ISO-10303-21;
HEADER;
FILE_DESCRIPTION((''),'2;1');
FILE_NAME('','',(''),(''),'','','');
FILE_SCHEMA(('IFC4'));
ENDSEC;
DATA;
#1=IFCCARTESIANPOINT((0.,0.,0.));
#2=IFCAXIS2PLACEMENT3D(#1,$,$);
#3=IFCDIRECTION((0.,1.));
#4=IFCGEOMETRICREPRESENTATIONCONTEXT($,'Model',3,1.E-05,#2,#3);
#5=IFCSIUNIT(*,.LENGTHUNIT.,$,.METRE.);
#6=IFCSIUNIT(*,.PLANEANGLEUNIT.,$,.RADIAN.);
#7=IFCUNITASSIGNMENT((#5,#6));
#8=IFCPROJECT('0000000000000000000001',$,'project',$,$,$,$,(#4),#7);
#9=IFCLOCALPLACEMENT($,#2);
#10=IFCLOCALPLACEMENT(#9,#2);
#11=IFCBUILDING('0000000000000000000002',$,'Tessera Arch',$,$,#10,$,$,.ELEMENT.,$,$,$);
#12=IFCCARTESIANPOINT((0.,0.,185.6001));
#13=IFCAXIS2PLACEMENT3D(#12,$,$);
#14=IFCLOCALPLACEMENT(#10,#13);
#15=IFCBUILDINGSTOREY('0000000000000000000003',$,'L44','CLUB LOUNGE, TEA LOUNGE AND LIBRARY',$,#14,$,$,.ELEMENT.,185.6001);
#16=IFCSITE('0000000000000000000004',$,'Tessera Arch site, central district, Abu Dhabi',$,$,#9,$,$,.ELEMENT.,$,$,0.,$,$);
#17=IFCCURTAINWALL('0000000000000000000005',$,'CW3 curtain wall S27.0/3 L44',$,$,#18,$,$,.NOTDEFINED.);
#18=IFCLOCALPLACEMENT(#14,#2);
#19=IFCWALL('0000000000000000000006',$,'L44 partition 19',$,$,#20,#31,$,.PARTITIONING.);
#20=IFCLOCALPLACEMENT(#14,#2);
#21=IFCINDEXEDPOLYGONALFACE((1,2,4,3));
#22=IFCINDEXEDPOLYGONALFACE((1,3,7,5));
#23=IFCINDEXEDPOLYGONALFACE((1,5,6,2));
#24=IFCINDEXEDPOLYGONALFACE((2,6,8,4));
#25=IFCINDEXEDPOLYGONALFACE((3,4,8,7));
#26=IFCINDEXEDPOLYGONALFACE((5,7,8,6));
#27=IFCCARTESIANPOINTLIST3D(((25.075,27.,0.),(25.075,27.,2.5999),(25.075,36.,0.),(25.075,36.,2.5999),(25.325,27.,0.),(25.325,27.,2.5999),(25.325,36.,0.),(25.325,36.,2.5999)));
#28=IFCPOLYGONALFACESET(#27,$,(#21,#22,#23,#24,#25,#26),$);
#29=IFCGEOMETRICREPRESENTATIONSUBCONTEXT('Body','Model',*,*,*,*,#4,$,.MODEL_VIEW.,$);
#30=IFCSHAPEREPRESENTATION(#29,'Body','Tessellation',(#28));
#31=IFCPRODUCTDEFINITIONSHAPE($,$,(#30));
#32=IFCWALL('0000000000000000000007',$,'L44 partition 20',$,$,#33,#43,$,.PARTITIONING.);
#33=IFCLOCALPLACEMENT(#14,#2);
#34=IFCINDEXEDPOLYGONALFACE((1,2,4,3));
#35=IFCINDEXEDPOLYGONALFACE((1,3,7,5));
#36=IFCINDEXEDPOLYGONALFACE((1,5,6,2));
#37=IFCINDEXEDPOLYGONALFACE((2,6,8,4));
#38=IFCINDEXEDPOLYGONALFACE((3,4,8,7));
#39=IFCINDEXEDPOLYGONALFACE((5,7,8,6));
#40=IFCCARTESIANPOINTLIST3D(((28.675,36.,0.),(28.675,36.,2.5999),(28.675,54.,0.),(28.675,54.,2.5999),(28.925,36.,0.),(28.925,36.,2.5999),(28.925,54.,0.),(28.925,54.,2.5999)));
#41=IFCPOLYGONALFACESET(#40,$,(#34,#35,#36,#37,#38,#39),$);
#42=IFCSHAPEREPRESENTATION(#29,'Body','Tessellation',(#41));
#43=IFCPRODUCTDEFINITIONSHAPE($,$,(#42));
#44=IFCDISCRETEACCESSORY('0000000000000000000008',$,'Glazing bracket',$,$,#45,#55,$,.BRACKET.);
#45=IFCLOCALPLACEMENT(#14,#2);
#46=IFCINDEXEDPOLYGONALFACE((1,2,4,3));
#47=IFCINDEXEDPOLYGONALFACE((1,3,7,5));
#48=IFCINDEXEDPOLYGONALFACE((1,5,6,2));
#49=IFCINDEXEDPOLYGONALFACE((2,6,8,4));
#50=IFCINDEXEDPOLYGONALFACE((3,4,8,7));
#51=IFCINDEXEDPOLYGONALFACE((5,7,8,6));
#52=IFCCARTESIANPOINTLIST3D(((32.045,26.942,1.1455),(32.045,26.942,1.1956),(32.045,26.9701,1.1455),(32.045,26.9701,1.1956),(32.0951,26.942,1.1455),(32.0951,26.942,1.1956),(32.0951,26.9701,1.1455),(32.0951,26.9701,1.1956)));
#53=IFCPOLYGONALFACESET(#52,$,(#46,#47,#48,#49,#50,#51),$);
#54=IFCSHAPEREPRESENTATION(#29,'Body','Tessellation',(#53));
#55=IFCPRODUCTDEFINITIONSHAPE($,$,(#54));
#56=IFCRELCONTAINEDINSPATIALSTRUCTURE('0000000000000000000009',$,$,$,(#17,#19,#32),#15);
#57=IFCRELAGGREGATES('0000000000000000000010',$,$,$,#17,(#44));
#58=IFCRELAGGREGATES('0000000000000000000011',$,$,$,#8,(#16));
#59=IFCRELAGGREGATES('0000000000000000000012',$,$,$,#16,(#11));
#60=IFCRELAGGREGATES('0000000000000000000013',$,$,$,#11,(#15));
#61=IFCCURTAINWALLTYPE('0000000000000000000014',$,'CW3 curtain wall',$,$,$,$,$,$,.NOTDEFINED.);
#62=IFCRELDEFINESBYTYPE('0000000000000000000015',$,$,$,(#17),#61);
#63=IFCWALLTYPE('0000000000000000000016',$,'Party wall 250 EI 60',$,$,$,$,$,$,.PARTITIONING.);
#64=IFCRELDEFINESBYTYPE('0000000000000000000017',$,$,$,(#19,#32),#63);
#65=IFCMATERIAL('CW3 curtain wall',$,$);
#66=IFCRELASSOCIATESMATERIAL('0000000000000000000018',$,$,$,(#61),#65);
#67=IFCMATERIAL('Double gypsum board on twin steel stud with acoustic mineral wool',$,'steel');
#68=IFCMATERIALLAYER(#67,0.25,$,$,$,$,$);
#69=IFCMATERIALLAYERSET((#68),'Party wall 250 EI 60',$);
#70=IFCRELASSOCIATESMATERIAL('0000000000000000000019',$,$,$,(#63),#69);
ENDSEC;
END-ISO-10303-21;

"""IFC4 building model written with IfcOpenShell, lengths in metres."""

from ifc_helpers import new_model, si_unit, direction, frame, frame_2d, origin, origin_2d, place, context, subcontext, project, spatial, rectangle, extrude, material, layer, layer_set, type_object, element, aggregate, save


model = new_model("IFC4")

# Units and contexts
model_context = context("Model", 3, precision=1e-05, world=origin(), true_north=direction((0.0, 1.0)))
body_context = subcontext(model_context, "Body", "Model", "MODEL_VIEW")
ifc_project = project(units=[si_unit("LENGTHUNIT", "METRE"), si_unit("PLANEANGLEUNIT", "RADIAN")], contexts=[model_context])

# Site, building, storey
site_placement = place(None, origin())
site = spatial("IfcSite", under=ifc_project, at=site_placement, Name="Tessera Arch site, central district, Abu Dhabi", CompositionType="ELEMENT", RefElevation=0.0)
building_placement = place(site_placement, origin())
building = spatial("IfcBuilding", under=site, at=building_placement, Name="Tessera Arch", CompositionType="ELEMENT")
storey_placement = place(building_placement, frame((0.0, 0.0, 185.6001)))
storey = spatial("IfcBuildingStorey", under=building, at=storey_placement, Name="L44", Description="CLUB LOUNGE, TEA LOUNGE AND LIBRARY", CompositionType="ELEMENT", Elevation=185.6001)

# Curtain wall
ifc_material_1 = material(Name="CW3 curtain wall")
curtain_wall_type_1 = type_object("IfcCurtainWallType", Name="CW3 curtain wall", PredefinedType="NOTDEFINED", material=ifc_material_1)
curtain_wall_1_placement = place(storey_placement, origin())
curtain_wall_1 = element("IfcCurtainWall", 1, at=curtain_wall_1_placement, inside=storey, type_object=curtain_wall_type_1, Name="CW3 curtain wall S27.0/3 L44", PredefinedType="NOTDEFINED")

# Walls
ifc_material_2 = material(Name="Double gypsum board on twin steel stud with acoustic mineral wool", Category="steel")
ifc_layer_1 = layer(ifc_material_2, 0.25)
ifc_layer_set_1 = layer_set([ifc_layer_1], Name="Party wall 250 EI 60")
wall_type_1 = type_object("IfcWallType", Name="Party wall 250 EI 60", PredefinedType="PARTITIONING", material=ifc_layer_set_1)
wall_1_placement = place(storey_placement, frame((25.2, 27.0, 0.0), z_axis=(0.0, 0.0, 1.0), x_axis=(0.0, 1.0, 0.0)))
element("IfcWall", 2, at=wall_1_placement, inside=storey, type_object=wall_type_1, Name="L44 partition 19", PredefinedType="PARTITIONING", context=body_context, shape_type="SweptSolid", body=[
    extrude(rectangle(XDim=9.0, YDim=0.25, at=frame_2d((4.5, 0.0))), origin(), (0.0, 0.0, 1.0), 2.5999),
])
wall_2_placement = place(storey_placement, frame((28.8, 36.0, 0.0), z_axis=(0.0, 0.0, 1.0), x_axis=(0.0, 1.0, 0.0)))
element("IfcWall", 3, at=wall_2_placement, inside=storey, type_object=wall_type_1, Name="L44 partition 20", PredefinedType="PARTITIONING", context=body_context, shape_type="SweptSolid", body=[
    extrude(rectangle(XDim=18.0, YDim=0.25, at=frame_2d((9.0, 0.0))), origin(), (0.0, 0.0, 1.0), 2.5999),
])

# Discrete accessory
discrete_accessory_placement = place(storey_placement, frame((32.0701, 26.9561, 1.1455), z_axis=(0.0, 0.0, 1.0), x_axis=(1.0, 0.0, 0.0)))
discrete_accessory = element("IfcDiscreteAccessory", 4, at=discrete_accessory_placement, Name="Glazing bracket", PredefinedType="BRACKET", context=body_context, shape_type="SweptSolid", body=[
    extrude(rectangle(XDim=0.05, YDim=0.0281, at=origin_2d()), origin(), (0.0, 0.0, 1.0), 0.05),
])
aggregate(curtain_wall_1, [discrete_accessory])

save(model, "model.ifc")
